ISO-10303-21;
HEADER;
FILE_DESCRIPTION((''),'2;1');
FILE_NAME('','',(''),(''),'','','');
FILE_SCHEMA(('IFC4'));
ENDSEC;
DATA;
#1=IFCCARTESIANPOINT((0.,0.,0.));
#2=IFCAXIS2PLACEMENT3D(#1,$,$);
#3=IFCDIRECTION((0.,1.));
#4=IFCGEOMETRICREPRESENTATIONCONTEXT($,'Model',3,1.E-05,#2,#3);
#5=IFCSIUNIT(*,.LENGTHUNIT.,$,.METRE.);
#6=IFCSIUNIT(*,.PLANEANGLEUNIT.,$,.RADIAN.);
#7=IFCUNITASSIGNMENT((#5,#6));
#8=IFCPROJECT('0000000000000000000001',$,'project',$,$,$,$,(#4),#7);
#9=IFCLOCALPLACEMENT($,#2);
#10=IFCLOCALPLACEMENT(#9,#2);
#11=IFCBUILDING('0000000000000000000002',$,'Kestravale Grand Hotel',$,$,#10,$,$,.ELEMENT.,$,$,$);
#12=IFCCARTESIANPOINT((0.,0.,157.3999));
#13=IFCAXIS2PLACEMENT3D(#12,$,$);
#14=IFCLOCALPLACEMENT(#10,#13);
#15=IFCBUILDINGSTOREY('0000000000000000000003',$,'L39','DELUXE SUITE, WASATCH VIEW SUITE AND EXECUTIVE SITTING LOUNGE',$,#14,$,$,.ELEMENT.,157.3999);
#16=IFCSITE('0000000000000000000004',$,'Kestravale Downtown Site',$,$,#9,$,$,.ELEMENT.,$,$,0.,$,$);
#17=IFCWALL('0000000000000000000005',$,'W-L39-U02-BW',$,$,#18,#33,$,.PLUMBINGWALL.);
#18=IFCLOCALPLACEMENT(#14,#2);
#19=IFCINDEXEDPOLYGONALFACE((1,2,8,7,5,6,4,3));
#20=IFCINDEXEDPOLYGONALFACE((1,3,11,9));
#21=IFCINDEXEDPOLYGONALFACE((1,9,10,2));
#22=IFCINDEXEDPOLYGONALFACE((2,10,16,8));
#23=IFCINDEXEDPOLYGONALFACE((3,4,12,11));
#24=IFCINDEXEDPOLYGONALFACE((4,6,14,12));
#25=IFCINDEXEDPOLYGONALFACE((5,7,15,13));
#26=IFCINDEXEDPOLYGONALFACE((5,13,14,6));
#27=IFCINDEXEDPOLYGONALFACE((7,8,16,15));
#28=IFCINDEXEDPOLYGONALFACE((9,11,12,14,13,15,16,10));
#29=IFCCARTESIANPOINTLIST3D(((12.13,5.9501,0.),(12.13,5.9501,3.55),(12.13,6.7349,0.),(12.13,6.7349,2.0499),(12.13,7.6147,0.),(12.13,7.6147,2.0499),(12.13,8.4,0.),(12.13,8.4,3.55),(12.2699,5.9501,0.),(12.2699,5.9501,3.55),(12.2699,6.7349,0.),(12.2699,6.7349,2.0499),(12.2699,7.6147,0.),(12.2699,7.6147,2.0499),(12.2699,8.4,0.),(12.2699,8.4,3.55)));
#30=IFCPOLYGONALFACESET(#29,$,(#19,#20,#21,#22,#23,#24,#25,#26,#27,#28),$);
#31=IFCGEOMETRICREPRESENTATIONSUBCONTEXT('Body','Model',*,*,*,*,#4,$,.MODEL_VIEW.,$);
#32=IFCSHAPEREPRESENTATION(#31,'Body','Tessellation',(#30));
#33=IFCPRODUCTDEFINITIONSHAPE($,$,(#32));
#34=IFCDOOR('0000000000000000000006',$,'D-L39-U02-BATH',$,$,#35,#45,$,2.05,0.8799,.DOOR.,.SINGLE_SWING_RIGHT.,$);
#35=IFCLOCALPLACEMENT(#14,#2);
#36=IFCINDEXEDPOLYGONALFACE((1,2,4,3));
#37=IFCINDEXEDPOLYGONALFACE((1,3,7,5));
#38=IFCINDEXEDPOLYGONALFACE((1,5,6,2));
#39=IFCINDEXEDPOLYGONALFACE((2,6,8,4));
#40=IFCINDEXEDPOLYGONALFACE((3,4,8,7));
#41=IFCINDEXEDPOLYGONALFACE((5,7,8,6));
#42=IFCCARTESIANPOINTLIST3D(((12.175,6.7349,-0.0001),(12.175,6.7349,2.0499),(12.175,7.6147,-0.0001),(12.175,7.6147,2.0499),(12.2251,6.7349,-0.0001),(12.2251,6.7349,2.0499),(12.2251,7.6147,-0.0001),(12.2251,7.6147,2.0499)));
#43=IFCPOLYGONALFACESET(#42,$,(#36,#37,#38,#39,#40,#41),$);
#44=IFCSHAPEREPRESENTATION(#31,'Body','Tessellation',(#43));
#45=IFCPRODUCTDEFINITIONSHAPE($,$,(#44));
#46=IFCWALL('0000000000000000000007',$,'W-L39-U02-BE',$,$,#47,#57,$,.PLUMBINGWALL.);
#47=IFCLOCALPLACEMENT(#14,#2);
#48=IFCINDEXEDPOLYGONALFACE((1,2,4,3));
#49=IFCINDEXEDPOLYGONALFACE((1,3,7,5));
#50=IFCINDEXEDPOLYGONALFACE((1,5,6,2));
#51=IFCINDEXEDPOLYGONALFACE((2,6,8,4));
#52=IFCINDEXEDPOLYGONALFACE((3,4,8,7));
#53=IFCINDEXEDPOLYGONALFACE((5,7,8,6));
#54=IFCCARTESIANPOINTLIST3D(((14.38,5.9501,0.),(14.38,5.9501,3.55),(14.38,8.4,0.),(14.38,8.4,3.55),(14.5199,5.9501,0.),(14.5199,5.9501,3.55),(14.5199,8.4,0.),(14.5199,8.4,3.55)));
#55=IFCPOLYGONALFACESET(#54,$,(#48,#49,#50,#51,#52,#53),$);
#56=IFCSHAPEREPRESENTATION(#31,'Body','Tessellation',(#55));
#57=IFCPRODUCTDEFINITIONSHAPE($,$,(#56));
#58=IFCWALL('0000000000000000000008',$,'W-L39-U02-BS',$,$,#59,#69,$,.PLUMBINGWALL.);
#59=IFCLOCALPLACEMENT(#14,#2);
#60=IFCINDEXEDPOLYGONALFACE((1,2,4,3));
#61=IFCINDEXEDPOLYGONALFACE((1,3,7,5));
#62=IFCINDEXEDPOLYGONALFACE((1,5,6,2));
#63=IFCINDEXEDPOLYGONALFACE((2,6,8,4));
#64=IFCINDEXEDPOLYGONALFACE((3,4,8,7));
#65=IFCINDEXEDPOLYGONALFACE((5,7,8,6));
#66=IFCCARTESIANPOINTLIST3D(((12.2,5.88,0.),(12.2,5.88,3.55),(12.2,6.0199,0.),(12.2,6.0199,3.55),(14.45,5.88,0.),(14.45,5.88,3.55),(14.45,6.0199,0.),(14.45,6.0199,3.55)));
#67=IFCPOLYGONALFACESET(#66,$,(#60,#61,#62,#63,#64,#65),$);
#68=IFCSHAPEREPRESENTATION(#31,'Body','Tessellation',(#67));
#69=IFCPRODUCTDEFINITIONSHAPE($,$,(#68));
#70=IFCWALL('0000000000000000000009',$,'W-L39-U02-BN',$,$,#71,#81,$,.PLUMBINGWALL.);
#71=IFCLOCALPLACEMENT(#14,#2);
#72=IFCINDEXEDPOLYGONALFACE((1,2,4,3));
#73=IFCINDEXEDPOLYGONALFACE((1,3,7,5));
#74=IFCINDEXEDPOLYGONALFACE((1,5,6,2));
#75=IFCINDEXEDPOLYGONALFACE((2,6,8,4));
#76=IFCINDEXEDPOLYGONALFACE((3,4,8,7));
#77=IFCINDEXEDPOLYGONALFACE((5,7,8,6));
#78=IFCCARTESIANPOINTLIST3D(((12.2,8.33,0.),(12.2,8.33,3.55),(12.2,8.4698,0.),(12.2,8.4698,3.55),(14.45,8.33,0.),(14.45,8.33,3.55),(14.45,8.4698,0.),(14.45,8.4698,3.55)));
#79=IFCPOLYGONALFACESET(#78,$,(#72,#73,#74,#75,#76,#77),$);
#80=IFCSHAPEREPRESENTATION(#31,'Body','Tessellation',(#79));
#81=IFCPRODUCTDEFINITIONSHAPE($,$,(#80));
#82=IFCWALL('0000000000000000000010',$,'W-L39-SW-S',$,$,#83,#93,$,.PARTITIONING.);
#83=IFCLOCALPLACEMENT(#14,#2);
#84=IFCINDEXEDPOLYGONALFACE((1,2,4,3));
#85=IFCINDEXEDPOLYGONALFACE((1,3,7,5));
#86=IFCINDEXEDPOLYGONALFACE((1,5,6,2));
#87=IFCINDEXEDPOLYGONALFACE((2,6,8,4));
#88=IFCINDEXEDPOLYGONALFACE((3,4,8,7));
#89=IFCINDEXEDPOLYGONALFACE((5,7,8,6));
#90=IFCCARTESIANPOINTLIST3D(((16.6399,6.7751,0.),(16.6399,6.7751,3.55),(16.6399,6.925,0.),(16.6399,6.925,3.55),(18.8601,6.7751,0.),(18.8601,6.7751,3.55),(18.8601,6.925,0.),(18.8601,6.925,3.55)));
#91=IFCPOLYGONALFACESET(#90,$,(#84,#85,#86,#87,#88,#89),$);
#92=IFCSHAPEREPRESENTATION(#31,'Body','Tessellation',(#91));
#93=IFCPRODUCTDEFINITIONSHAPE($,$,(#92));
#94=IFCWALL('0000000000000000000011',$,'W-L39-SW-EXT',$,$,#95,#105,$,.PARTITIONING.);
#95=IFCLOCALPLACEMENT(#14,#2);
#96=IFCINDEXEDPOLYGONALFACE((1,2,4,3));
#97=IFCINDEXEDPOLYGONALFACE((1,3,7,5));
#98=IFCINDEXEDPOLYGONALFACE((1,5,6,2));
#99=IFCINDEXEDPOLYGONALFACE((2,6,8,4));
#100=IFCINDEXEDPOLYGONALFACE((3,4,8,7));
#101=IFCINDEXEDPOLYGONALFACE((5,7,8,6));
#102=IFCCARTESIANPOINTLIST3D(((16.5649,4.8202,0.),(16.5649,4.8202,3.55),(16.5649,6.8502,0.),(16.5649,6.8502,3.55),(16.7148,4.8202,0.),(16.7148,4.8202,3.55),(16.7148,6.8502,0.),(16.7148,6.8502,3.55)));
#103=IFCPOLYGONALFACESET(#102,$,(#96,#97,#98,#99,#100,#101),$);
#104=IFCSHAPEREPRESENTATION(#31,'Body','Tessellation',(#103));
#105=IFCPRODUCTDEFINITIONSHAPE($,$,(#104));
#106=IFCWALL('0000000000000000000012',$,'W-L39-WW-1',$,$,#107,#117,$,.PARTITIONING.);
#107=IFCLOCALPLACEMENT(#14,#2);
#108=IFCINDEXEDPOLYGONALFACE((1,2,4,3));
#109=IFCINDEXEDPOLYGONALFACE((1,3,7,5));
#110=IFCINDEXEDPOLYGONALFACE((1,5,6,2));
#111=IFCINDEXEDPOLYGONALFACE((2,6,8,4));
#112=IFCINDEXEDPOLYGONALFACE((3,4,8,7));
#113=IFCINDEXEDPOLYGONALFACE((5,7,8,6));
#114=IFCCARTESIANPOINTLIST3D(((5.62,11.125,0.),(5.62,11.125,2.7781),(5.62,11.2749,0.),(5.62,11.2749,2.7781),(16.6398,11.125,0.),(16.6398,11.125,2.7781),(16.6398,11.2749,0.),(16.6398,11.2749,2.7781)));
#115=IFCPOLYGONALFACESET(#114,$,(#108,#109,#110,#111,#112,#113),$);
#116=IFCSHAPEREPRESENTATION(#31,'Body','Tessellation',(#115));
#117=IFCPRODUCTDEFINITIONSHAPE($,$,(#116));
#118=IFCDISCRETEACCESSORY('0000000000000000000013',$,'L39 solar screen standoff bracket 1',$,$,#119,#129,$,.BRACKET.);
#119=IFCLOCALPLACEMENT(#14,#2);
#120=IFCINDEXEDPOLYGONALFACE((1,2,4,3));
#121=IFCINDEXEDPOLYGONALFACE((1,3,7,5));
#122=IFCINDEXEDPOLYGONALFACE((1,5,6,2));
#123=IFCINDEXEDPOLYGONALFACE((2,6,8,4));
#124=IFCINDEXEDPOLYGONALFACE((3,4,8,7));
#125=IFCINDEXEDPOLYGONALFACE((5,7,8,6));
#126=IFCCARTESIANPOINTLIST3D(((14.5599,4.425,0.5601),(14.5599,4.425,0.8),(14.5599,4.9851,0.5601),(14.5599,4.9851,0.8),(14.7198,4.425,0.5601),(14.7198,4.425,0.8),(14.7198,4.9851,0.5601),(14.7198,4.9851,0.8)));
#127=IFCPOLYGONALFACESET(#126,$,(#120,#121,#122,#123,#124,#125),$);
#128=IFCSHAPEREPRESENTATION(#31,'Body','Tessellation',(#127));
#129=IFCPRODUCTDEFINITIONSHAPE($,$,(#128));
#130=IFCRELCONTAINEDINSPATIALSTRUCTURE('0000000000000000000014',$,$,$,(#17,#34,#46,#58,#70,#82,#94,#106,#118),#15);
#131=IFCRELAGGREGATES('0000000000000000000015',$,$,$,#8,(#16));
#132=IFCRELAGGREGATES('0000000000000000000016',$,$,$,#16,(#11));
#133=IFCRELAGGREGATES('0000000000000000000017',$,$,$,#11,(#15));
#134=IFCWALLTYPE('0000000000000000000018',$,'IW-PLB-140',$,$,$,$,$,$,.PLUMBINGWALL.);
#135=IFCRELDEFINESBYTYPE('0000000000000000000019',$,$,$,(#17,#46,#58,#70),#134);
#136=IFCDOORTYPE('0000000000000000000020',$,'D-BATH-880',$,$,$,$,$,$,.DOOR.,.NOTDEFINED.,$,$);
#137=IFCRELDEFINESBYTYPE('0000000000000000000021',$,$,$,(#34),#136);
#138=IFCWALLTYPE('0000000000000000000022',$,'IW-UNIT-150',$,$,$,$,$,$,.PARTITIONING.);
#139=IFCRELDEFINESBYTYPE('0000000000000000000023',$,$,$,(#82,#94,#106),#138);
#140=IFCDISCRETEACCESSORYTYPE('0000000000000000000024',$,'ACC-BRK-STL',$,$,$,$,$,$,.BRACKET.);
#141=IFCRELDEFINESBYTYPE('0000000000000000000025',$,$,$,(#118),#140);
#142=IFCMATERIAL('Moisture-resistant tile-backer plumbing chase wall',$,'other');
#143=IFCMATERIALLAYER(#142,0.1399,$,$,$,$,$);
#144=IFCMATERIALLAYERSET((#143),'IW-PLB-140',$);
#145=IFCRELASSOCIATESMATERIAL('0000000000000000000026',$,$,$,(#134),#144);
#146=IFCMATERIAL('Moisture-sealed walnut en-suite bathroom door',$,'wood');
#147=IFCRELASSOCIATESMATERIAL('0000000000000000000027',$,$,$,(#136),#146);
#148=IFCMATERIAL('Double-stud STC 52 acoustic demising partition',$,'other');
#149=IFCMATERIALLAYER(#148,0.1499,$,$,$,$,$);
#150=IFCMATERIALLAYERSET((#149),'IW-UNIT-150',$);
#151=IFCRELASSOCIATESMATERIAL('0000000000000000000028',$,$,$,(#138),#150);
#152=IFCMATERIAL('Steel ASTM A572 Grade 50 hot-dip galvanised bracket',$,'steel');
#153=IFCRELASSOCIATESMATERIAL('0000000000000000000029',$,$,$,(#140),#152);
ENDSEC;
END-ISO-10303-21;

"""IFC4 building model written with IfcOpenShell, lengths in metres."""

from ifc_helpers import new_model, si_unit, direction, frame, frame_2d, origin, origin_2d, place, context, subcontext, project, spatial, rectangle, extrude, material, layer, layer_set, type_object, element, fill, save


model = new_model("IFC4")

# Units and contexts
model_context = context("Model", 3, precision=1e-05, world=origin(), true_north=direction((0.0, 1.0)))
body_context = subcontext(model_context, "Body", "Model", "MODEL_VIEW")
ifc_project = project(units=[si_unit("LENGTHUNIT", "METRE"), si_unit("PLANEANGLEUNIT", "RADIAN")], contexts=[model_context])

# Site, building, storey
site_placement = place(None, origin())
site = spatial("IfcSite", under=ifc_project, at=site_placement, Name="Kestravale Downtown Site", CompositionType="ELEMENT", RefElevation=0.0)
building_placement = place(site_placement, origin())
building = spatial("IfcBuilding", under=site, at=building_placement, Name="Kestravale Grand Hotel", CompositionType="ELEMENT")
storey_placement = place(building_placement, frame((0.0, 0.0, 157.3999)))
storey = spatial("IfcBuildingStorey", under=building, at=storey_placement, Name="L39", Description="DELUXE SUITE, WASATCH VIEW SUITE AND EXECUTIVE SITTING LOUNGE", CompositionType="ELEMENT", Elevation=157.3999)

# Wall, opening, door
ifc_material_1 = material(Name="Moisture-resistant tile-backer plumbing chase wall", Category="other")
ifc_layer_1 = layer(ifc_material_1, 0.1399)
ifc_layer_set_1 = layer_set([ifc_layer_1], Name="IW-PLB-140")
wall_type_1 = type_object("IfcWallType", Name="IW-PLB-140", PredefinedType="PLUMBINGWALL", material=ifc_layer_set_1)
wall_1_placement = place(storey_placement, frame((12.2, 5.95, 0.0), z_axis=(0.0, 0.0, 1.0), x_axis=(0.0, 1.0, 0.0)))
wall_1 = element("IfcWall", 1, at=wall_1_placement, inside=storey, type_object=wall_type_1, Name="W-L39-U02-BW", PredefinedType="PLUMBINGWALL", context=body_context, shape_type="SweptSolid", body=[
    extrude(rectangle(XDim=2.45, YDim=0.1399, at=frame_2d((1.2251, 0.0))), origin(), (0.0, 0.0, 1.0), 3.55),
])
opening_1_placement = place(wall_1_placement, frame((0.7849, 0.0, 0.0)))
opening_1 = element("IfcOpeningElement", 2, at=opening_1_placement, cuts=wall_1, PredefinedType="OPENING", context=body_context, shape_type="SweptSolid", body=[
    extrude(rectangle(XDim=0.8799, YDim=2.05, at=frame_2d((0.4399, 1.0249))), frame((0.0, 0.0798, 0.0), z_axis=(0.0, -1.0, 0.0), x_axis=(1.0, 0.0, 0.0)), (0.0, 0.0, 1.0), 0.1599),
])
ifc_material_2 = material(Name="Moisture-sealed walnut en-suite bathroom door", Category="wood")
door_type_1 = type_object("IfcDoorType", Name="D-BATH-880", OperationType="NOTDEFINED", PredefinedType="DOOR", material=ifc_material_2)
door_1_placement = place(opening_1_placement, origin())
door_1 = element("IfcDoor", 3, at=door_1_placement, inside=storey, type_object=door_type_1, Name="D-L39-U02-BATH", OperationType="SINGLE_SWING_RIGHT", OverallHeight=2.05, OverallWidth=0.8799, PredefinedType="DOOR", context=body_context, shape_type="SweptSolid", body=[
    extrude(rectangle(XDim=0.8799, YDim=2.05, at=frame_2d((0.4399, 1.0249))), frame((0.0, 0.0249, 0.0), z_axis=(0.0, -1.0, 0.0), x_axis=(1.0, 0.0, 0.0)), (0.0, 0.0, 1.0), 0.05),
])
fill(opening_1, door_1)

# Walls
wall_2_placement = place(storey_placement, frame((14.45, 5.95, 0.0), z_axis=(0.0, 0.0, 1.0), x_axis=(0.0, 1.0, 0.0)))
element("IfcWall", 4, at=wall_2_placement, inside=storey, type_object=wall_type_1, Name="W-L39-U02-BE", PredefinedType="PLUMBINGWALL", context=body_context, shape_type="SweptSolid", body=[
    extrude(rectangle(XDim=2.45, YDim=0.1399, at=frame_2d((1.2251, 0.0))), origin(), (0.0, 0.0, 1.0), 3.55),
])
for number, where, z_axis, x_axis, name in (
    (5, (12.2, 5.95, 0.0), (0.0, 0.0, 1.0), (1.0, 0.0, 0.0), "W-L39-U02-BS"),
    (6, (12.2, 8.3999, 0.0), (0.0, 0.0, 1.0), (1.0, 0.0, 0.0), "W-L39-U02-BN"),
):
    element("IfcWall", number, at=place(storey_placement, frame(where, z_axis=z_axis, x_axis=x_axis)), inside=storey, type_object=wall_type_1, Name=name, PredefinedType="PLUMBINGWALL", context=body_context, shape_type="SweptSolid", body=[
        extrude(rectangle(XDim=2.25, YDim=0.1399, at=frame_2d((1.125, 0.0))), origin(), (0.0, 0.0, 1.0), 3.55),
    ])
ifc_material_3 = material(Name="Double-stud STC 52 acoustic demising partition", Category="other")
ifc_layer_2 = layer(ifc_material_3, 0.1499)
ifc_layer_set_2 = layer_set([ifc_layer_2], Name="IW-UNIT-150")
wall_type_2 = type_object("IfcWallType", Name="IW-UNIT-150", PredefinedType="PARTITIONING", material=ifc_layer_set_2)
wall_3_placement = place(storey_placement, frame((16.6399, 6.8501, 0.0), z_axis=(0.0, 0.0, 1.0), x_axis=(1.0, 0.0, 0.0)))
element("IfcWall", 7, at=wall_3_placement, inside=storey, type_object=wall_type_2, Name="W-L39-SW-S", PredefinedType="PARTITIONING", context=body_context, shape_type="SweptSolid", body=[
    extrude(rectangle(XDim=2.2202, YDim=0.1499, at=frame_2d((1.1101, 0.0))), origin(), (0.0, 0.0, 1.0), 3.55),
])
wall_4_placement = place(storey_placement, frame((16.6399, 4.8201, 0.0), z_axis=(0.0, 0.0, 1.0), x_axis=(0.0, 1.0, 0.0)))
element("IfcWall", 8, at=wall_4_placement, inside=storey, type_object=wall_type_2, Name="W-L39-SW-EXT", PredefinedType="PARTITIONING", context=body_context, shape_type="SweptSolid", body=[
    extrude(rectangle(XDim=2.03, YDim=0.1499, at=frame_2d((1.0151, 0.0))), origin(), (0.0, 0.0, 1.0), 3.55),
])
wall_5_placement = place(storey_placement, frame((5.6201, 11.2, 0.0), z_axis=(0.0, 0.0, 1.0), x_axis=(1.0, 0.0, 0.0)))
element("IfcWall", 9, at=wall_5_placement, inside=storey, type_object=wall_type_2, Name="W-L39-WW-1", PredefinedType="PARTITIONING", context=body_context, shape_type="SweptSolid", body=[
    extrude(rectangle(XDim=11.0198, YDim=0.1499, at=frame_2d((5.5098, 0.0))), origin(), (0.0, 0.0, 1.0), 2.7781),
])

# Discrete accessory
ifc_material_4 = material(Name="Steel ASTM A572 Grade 50 hot-dip galvanised bracket", Category="steel")
discrete_accessory_type = type_object("IfcDiscreteAccessoryType", Name="ACC-BRK-STL", PredefinedType="BRACKET", material=ifc_material_4)
discrete_accessory_placement = place(storey_placement, frame((14.6399, 4.7051, 0.5601), z_axis=(0.0, 0.0, 1.0), x_axis=(1.0, 0.0, 0.0)))
element("IfcDiscreteAccessory", 10, at=discrete_accessory_placement, inside=storey, type_object=discrete_accessory_type, Name="L39 solar screen standoff bracket 1", PredefinedType="BRACKET", context=body_context, shape_type="SweptSolid", body=[
    extrude(rectangle(XDim=0.1599, YDim=0.5601, at=origin_2d()), origin(), (0.0, 0.0, 1.0), 0.24),
])

save(model, "model.ifc")
